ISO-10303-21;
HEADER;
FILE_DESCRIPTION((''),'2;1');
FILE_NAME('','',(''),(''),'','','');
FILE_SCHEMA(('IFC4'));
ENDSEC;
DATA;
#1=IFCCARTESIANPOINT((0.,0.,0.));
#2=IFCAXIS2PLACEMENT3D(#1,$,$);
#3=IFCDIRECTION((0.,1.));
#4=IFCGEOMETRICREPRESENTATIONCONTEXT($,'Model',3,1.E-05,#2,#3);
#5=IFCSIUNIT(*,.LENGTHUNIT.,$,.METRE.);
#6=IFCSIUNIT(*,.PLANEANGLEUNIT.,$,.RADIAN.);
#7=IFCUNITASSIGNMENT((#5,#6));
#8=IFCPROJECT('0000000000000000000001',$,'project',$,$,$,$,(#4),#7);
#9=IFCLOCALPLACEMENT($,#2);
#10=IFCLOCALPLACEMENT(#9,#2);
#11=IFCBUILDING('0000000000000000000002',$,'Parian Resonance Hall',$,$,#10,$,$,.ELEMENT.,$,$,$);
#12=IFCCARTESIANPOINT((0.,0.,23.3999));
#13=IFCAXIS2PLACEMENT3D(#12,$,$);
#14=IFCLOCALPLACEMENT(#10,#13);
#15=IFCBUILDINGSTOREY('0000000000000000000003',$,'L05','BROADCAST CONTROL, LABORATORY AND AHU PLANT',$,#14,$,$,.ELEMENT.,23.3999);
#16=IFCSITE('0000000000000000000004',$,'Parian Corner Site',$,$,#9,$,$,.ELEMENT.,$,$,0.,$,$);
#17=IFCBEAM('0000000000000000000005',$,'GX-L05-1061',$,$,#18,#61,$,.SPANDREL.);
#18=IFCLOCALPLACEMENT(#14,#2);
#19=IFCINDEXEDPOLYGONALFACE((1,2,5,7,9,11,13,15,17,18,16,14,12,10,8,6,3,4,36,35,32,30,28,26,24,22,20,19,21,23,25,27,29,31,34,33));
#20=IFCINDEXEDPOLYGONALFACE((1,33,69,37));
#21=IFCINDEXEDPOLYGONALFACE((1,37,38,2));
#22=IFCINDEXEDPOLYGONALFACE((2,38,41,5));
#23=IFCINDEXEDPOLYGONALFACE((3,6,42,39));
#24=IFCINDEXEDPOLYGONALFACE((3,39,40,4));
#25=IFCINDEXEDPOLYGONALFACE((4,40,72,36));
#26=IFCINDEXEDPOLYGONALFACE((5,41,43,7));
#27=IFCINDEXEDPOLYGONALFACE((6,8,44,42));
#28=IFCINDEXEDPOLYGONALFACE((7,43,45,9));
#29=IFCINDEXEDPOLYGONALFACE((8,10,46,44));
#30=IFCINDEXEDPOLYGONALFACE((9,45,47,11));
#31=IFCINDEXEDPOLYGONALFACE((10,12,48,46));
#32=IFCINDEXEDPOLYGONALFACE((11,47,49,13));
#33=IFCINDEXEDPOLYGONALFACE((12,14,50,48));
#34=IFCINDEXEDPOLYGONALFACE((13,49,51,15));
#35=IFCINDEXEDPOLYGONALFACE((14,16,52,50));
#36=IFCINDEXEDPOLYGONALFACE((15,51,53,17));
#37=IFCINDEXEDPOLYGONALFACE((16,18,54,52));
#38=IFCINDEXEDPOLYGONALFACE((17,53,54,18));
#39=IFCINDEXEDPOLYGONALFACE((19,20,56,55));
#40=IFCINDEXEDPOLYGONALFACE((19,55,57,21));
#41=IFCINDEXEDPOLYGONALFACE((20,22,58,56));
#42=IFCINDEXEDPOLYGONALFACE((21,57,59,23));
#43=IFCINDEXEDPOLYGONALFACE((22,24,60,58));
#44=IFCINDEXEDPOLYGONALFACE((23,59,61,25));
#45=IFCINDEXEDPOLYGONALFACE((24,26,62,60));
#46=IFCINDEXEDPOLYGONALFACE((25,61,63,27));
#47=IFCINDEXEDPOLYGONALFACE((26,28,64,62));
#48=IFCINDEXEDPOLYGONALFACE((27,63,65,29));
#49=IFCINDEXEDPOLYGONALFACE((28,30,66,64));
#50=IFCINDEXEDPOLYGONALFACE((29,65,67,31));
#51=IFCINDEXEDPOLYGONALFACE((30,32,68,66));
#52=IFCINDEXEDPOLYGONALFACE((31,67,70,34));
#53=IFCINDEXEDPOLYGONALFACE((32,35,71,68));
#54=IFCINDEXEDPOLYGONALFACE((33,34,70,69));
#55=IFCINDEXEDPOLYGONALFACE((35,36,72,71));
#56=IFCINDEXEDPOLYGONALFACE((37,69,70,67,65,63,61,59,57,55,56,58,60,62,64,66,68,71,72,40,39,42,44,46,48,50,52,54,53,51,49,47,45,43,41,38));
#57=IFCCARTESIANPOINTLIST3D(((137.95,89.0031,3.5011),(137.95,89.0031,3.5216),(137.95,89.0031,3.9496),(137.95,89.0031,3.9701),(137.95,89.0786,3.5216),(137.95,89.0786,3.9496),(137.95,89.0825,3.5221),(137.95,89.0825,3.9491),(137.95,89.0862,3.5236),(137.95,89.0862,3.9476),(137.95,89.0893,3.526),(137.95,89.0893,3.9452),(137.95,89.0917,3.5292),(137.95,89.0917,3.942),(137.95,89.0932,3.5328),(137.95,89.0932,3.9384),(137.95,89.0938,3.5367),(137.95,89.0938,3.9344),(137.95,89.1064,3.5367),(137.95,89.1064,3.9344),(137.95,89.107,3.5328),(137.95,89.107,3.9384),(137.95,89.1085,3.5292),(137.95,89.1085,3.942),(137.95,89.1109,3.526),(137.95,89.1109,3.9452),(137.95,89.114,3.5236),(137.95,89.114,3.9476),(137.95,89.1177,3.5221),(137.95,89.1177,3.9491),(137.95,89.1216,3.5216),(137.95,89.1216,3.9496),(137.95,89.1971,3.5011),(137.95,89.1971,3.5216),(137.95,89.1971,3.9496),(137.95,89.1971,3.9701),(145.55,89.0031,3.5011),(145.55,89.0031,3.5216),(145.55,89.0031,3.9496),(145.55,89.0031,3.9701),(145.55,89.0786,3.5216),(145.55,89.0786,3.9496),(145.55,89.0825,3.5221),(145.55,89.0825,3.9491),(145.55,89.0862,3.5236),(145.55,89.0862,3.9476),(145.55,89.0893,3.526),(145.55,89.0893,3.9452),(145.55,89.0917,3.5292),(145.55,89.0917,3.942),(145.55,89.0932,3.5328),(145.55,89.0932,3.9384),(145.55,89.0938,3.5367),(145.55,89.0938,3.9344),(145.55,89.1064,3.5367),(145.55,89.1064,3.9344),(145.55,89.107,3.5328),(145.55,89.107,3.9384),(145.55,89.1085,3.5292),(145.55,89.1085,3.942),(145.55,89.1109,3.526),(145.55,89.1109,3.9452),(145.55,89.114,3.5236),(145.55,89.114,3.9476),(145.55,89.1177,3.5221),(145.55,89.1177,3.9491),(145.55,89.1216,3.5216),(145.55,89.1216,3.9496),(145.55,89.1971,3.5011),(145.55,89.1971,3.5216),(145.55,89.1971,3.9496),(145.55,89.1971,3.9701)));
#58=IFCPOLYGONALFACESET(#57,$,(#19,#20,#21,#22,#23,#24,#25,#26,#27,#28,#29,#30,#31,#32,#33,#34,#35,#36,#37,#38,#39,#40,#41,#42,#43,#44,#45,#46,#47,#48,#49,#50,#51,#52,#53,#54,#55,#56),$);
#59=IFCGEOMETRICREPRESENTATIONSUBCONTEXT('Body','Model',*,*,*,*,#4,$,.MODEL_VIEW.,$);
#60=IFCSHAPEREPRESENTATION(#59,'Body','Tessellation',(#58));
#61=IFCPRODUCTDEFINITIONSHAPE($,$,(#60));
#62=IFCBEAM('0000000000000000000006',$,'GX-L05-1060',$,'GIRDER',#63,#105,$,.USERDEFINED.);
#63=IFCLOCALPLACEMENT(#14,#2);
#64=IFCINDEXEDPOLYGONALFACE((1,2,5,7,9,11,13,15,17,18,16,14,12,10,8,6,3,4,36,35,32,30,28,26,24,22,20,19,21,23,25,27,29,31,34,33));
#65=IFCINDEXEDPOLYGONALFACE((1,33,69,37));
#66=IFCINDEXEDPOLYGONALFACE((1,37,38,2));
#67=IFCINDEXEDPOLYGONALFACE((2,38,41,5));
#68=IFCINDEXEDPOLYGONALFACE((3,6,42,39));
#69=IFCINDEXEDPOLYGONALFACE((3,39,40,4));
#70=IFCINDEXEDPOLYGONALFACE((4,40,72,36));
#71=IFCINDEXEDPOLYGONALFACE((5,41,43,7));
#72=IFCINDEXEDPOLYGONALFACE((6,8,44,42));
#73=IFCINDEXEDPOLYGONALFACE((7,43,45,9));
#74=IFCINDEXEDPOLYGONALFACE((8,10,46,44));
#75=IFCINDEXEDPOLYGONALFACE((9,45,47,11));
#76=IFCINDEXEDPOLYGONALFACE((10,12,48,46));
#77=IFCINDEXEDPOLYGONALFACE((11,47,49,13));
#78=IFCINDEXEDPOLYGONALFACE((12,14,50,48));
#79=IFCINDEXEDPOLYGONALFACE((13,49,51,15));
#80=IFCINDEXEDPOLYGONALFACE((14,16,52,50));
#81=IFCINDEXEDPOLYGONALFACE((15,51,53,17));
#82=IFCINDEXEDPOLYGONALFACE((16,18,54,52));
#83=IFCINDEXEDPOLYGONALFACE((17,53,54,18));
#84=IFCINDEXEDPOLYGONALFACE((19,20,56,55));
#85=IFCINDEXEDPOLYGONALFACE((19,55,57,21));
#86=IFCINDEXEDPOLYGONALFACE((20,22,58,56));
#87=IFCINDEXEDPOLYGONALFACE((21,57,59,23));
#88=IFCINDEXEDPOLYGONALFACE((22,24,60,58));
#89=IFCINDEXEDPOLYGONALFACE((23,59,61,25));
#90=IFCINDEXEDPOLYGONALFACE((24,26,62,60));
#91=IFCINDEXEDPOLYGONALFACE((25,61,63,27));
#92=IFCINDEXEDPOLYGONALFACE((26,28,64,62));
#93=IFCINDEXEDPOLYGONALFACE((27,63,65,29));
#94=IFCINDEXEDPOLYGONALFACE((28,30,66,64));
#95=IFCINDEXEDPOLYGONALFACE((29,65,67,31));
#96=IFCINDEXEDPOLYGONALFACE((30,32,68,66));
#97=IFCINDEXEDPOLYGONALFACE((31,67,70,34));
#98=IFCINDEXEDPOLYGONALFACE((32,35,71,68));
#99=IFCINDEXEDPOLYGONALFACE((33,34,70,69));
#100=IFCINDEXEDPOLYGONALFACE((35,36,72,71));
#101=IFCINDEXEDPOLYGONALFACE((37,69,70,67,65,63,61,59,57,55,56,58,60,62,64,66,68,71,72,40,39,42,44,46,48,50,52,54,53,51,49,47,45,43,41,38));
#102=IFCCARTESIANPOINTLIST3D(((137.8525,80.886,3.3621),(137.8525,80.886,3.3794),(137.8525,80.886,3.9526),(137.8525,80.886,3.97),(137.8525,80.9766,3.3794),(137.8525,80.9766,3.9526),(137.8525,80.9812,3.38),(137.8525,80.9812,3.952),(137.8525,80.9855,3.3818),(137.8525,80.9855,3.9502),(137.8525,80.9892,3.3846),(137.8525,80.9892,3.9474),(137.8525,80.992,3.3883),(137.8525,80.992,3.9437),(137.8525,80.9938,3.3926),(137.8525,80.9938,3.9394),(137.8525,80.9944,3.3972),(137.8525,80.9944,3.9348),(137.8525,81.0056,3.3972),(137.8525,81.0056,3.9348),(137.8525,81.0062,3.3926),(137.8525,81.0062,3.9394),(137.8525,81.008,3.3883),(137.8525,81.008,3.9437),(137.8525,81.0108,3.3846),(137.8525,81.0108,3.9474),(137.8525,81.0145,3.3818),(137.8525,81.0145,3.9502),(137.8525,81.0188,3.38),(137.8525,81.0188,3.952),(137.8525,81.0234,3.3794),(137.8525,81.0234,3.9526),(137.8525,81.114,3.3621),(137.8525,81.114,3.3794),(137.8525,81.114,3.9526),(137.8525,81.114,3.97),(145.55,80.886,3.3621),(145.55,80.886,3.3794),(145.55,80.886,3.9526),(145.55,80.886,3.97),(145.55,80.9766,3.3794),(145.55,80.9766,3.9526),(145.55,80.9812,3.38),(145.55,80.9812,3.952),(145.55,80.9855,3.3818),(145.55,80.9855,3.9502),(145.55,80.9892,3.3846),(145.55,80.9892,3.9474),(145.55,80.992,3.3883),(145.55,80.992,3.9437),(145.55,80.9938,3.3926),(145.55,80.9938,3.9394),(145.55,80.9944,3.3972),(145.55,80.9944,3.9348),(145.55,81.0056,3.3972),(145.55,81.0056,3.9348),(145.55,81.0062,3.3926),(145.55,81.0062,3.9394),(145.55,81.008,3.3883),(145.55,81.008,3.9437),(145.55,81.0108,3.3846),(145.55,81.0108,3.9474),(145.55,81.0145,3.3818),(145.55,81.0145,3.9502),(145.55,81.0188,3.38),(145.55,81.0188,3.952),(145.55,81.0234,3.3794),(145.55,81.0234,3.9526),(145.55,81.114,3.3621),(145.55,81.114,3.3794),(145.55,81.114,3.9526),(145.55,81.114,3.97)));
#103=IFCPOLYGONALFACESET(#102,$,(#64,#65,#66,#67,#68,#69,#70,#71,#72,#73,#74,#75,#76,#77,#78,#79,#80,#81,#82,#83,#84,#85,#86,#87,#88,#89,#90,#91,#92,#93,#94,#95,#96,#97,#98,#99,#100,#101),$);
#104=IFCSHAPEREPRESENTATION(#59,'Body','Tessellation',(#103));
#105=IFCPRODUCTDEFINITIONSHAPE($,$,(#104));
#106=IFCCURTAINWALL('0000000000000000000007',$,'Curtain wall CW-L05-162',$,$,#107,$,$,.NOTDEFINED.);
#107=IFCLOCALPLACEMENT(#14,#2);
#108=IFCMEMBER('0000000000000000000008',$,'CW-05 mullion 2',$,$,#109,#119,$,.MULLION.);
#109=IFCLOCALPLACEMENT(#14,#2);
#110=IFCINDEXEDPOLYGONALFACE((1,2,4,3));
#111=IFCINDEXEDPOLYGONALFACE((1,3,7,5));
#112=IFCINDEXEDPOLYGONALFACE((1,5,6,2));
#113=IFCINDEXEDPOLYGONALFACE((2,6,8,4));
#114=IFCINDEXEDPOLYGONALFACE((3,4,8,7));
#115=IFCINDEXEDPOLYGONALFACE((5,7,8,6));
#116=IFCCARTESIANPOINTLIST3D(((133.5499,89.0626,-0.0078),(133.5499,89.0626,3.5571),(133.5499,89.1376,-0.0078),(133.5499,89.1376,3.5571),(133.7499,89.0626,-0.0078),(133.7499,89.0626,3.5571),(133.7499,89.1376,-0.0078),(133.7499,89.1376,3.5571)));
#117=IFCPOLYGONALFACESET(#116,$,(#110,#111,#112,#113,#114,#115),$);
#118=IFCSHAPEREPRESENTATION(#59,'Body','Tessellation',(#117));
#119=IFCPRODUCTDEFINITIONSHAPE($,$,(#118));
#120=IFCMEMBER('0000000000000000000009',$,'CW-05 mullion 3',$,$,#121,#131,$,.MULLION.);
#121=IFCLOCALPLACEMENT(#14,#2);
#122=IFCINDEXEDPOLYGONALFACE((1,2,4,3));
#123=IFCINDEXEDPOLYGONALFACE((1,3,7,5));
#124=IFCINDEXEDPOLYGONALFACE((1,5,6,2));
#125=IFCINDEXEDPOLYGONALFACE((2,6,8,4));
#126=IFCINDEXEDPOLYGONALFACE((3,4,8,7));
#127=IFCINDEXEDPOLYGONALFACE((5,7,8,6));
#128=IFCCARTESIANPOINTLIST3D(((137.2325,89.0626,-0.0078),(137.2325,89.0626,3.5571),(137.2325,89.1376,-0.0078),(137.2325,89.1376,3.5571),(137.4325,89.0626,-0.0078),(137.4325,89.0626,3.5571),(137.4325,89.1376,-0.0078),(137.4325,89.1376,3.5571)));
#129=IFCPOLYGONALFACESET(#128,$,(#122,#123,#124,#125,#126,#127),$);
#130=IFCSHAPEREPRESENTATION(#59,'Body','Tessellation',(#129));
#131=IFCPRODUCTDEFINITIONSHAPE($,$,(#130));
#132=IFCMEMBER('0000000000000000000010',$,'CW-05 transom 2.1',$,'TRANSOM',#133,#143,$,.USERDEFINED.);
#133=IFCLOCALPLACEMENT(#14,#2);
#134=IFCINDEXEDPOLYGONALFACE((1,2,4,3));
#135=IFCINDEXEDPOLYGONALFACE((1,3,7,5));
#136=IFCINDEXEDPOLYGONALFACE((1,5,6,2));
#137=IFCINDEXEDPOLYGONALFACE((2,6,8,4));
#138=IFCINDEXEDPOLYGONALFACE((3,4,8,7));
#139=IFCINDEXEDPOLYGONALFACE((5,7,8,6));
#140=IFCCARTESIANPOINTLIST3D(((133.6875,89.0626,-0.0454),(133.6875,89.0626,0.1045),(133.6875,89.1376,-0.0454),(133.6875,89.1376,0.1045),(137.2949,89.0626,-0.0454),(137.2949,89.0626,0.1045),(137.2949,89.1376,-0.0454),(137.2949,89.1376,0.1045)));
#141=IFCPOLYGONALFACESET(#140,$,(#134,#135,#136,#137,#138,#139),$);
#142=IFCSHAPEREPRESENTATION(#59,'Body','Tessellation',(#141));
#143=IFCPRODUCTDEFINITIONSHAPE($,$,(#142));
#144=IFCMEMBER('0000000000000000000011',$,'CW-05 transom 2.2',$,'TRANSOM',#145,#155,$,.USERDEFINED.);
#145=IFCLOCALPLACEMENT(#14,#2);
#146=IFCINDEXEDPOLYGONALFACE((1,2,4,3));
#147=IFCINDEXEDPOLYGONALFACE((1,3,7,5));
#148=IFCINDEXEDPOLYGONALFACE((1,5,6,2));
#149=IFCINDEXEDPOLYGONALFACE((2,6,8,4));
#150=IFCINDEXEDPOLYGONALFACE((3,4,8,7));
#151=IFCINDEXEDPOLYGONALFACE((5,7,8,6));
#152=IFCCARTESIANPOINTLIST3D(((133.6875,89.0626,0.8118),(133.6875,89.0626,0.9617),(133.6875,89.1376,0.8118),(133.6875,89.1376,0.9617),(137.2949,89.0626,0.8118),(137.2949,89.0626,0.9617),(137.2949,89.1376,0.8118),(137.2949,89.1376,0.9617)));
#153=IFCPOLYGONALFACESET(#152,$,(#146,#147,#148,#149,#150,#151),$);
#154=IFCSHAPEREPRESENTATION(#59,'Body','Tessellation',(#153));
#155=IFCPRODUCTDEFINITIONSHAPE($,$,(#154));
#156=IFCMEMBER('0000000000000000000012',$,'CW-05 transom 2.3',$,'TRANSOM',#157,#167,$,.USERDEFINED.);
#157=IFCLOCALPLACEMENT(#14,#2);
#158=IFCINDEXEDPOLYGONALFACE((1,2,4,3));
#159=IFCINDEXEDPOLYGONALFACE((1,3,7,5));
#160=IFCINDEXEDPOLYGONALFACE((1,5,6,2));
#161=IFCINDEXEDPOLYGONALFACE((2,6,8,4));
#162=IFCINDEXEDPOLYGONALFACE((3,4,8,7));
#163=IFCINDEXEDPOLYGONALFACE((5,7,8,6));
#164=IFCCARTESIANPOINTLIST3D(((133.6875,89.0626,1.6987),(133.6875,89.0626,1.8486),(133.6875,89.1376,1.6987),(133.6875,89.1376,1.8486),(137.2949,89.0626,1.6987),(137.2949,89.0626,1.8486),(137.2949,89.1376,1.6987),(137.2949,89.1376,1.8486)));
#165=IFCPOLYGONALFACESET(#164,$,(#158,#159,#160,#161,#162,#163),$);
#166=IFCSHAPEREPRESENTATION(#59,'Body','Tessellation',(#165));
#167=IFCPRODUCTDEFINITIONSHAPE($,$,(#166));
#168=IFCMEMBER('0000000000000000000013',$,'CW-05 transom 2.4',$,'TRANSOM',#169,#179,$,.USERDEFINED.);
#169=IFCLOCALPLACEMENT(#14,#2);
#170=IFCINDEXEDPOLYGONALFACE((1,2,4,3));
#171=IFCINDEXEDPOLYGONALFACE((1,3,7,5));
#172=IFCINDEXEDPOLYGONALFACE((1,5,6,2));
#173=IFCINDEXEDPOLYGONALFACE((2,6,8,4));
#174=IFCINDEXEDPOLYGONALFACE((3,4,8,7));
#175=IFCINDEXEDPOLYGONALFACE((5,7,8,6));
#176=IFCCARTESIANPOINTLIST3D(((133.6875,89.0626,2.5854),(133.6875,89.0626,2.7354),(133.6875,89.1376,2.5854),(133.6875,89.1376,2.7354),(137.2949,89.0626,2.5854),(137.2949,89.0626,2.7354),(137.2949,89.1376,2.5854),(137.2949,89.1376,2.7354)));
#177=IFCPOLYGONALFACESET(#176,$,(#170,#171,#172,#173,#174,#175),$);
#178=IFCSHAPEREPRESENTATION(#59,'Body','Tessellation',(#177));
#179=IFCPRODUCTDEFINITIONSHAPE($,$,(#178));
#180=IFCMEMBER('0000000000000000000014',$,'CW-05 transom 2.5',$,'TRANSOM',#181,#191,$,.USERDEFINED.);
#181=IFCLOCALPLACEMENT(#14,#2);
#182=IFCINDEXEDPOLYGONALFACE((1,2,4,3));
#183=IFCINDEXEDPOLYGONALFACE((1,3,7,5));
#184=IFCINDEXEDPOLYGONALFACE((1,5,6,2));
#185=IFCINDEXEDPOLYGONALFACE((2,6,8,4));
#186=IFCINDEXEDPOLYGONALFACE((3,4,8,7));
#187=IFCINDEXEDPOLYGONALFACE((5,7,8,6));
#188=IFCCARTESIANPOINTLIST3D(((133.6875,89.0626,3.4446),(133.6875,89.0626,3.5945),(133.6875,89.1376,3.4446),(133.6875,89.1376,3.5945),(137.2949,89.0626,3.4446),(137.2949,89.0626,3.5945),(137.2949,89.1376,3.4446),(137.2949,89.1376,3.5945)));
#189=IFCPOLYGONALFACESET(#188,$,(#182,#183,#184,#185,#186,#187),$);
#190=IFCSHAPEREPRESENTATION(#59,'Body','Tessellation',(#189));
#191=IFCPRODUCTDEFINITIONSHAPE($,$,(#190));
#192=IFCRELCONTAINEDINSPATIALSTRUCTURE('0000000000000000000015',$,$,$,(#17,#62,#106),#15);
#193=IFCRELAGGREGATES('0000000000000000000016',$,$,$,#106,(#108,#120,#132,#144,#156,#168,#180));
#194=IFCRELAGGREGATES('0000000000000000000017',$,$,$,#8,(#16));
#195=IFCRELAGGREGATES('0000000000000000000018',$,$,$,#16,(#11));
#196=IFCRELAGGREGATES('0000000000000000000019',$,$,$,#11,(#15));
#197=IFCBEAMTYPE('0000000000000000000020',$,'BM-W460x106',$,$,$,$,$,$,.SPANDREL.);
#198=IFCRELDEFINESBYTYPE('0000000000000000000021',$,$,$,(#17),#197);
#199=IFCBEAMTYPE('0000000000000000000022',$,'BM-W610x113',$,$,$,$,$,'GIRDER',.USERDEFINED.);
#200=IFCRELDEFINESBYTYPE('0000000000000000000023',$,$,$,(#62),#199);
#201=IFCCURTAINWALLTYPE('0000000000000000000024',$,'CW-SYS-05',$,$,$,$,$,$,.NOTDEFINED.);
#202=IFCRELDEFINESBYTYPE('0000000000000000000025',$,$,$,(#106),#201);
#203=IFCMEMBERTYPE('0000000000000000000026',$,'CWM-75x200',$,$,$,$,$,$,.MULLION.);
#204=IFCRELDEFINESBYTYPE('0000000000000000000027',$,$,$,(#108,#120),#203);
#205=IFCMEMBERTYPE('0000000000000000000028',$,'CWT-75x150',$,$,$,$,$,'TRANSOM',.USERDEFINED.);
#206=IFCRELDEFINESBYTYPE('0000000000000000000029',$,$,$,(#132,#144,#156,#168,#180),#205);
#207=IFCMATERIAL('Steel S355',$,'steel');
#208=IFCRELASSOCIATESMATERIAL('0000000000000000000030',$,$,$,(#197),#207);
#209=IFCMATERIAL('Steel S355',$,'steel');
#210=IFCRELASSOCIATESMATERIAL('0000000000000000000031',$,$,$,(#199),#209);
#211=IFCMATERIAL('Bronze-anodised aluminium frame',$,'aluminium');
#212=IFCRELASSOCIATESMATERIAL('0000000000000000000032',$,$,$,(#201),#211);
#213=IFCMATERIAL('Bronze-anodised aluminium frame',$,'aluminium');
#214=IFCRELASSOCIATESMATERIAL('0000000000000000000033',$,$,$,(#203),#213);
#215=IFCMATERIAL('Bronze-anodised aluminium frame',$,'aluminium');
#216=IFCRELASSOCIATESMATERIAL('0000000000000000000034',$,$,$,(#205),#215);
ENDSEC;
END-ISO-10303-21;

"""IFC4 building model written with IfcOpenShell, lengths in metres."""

from ifc_helpers import new_model, si_unit, direction, frame, origin, origin_2d, place, context, subcontext, project, spatial, rectangle, i_section, extrude, material, material_profile, profile_set, type_object, element, aggregate, save


model = new_model("IFC4")

# Units and contexts
model_context = context("Model", 3, precision=1e-05, world=origin(), true_north=direction((0.0, 1.0)))
body_context = subcontext(model_context, "Body", "Model", "MODEL_VIEW")
ifc_project = project(units=[si_unit("LENGTHUNIT", "METRE"), si_unit("PLANEANGLEUNIT", "RADIAN")], contexts=[model_context])

# Site, building, storey
site_placement = place(None, origin())
site = spatial("IfcSite", under=ifc_project, at=site_placement, Name="Parian Corner Site", CompositionType="ELEMENT", RefElevation=0.0)
building_placement = place(site_placement, origin())
building = spatial("IfcBuilding", under=site, at=building_placement, Name="Parian Resonance Hall", CompositionType="ELEMENT")
storey_placement = place(building_placement, frame((0.0, 0.0, 23.3999)))
storey = spatial("IfcBuildingStorey", under=building, at=storey_placement, Name="L05", Description="BROADCAST CONTROL, LABORATORY AND AHU PLANT", CompositionType="ELEMENT", Elevation=23.3999)

# Beams
ifc_material_1 = material(Name="Steel S355", Category="steel")
ifc_material_profile_1 = material_profile(ifc_material_1, i_section(OverallWidth=0.1941, OverallDepth=0.469, WebThickness=0.0127, FlangeThickness=0.0205, FilletRadius=0.0151, at=origin_2d()), Name="W460x106")
ifc_profile_set_1 = profile_set([ifc_material_profile_1], Name="Steel S355")
beam_type_1 = type_object("IfcBeamType", Name="BM-W460x106", PredefinedType="SPANDREL", material=ifc_profile_set_1)
beam_1_placement = place(storey_placement, frame((137.95, 89.1001, 3.7356), z_axis=(1.0, 0.0, 0.0), x_axis=(0.0, 1.0, 0.0)))
element("IfcBeam", 1, at=beam_1_placement, inside=storey, type_object=beam_type_1, Name="GX-L05-1061", PredefinedType="SPANDREL", context=body_context, shape_type="SweptSolid", body=[
    extrude(i_section(OverallWidth=0.1941, OverallDepth=0.469, WebThickness=0.0127, FlangeThickness=0.0205, FilletRadius=0.0151, at=origin_2d()), origin(), (0.0, 0.0, 1.0), 7.6001),
])
ifc_material_2 = material(Name="Steel S355", Category="steel")
ifc_material_profile_2 = material_profile(ifc_material_2, i_section(OverallWidth=0.228, OverallDepth=0.6079, WebThickness=0.0112, FlangeThickness=0.0173, FilletRadius=0.0178, at=origin_2d()), Name="W610x113")
ifc_profile_set_2 = profile_set([ifc_material_profile_2], Name="Steel S355")
beam_type_2 = type_object("IfcBeamType", Name="BM-W610x113", ElementType="GIRDER", PredefinedType="USERDEFINED", material=ifc_profile_set_2)
beam_2_placement = place(storey_placement, frame((137.8525, 81.0, 3.666), z_axis=(1.0, 0.0, 0.0), x_axis=(0.0, 1.0, 0.0)))
element("IfcBeam", 2, at=beam_2_placement, inside=storey, type_object=beam_type_2, Name="GX-L05-1060", ObjectType="GIRDER", PredefinedType="USERDEFINED", context=body_context, shape_type="SweptSolid", body=[
    extrude(i_section(OverallWidth=0.228, OverallDepth=0.6079, WebThickness=0.0112, FlangeThickness=0.0173, FilletRadius=0.0178, at=origin_2d()), origin(), (0.0, 0.0, 1.0), 7.6975),
])

# Curtain wall, members
ifc_material_3 = material(Name="Bronze-anodised aluminium frame", Category="aluminium")
curtain_wall_type = type_object("IfcCurtainWallType", Name="CW-SYS-05", PredefinedType="NOTDEFINED", material=ifc_material_3)
curtain_wall_placement = place(storey_placement, origin())
curtain_wall = element("IfcCurtainWall", 3, at=curtain_wall_placement, inside=storey, type_object=curtain_wall_type, Name="Curtain wall CW-L05-162", PredefinedType="NOTDEFINED")
ifc_material_4 = material(Name="Bronze-anodised aluminium frame", Category="aluminium")
ifc_material_profile_3 = material_profile(ifc_material_4, rectangle(XDim=0.075, YDim=0.2, at=origin_2d()), Name="CWM-75x200")
ifc_profile_set_3 = profile_set([ifc_material_profile_3], Name="Bronze-anodised aluminium frame")
member_type_1 = type_object("IfcMemberType", Name="CWM-75x200", PredefinedType="MULLION", material=ifc_profile_set_3)
member_1_placement = place(storey_placement, frame((133.6499, 89.1001, -0.0078), z_axis=(0.0, 0.0, 1.0), x_axis=(0.0, 1.0, 0.0)))
member_1 = element("IfcMember", 4, at=member_1_placement, type_object=member_type_1, Name="CW-05 mullion 2", PredefinedType="MULLION", context=body_context, shape_type="SweptSolid", body=[
    extrude(rectangle(XDim=0.075, YDim=0.2, at=origin_2d()), origin(), (0.0, 0.0, 1.0), 3.5649),
])
member_2_placement = place(storey_placement, frame((137.3325, 89.1001, -0.0078), z_axis=(0.0, 0.0, 1.0), x_axis=(0.0, 1.0, 0.0)))
member_2 = element("IfcMember", 5, at=member_2_placement, type_object=member_type_1, Name="CW-05 mullion 3", PredefinedType="MULLION", context=body_context, shape_type="SweptSolid", body=[
    extrude(rectangle(XDim=0.075, YDim=0.2, at=origin_2d()), origin(), (0.0, 0.0, 1.0), 3.5649),
])
ifc_material_5 = material(Name="Bronze-anodised aluminium frame", Category="aluminium")
ifc_material_profile_4 = material_profile(ifc_material_5, rectangle(XDim=0.075, YDim=0.1499, at=origin_2d()), Name="CWT-75x150")
ifc_profile_set_4 = profile_set([ifc_material_profile_4], Name="Bronze-anodised aluminium frame")
member_type_2 = type_object("IfcMemberType", Name="CWT-75x150", ElementType="TRANSOM", PredefinedType="USERDEFINED", material=ifc_profile_set_4)
member_3_placement = place(storey_placement, frame((133.6875, 89.1001, 0.0295), z_axis=(1.0, 0.0, 0.0), x_axis=(0.0, 1.0, 0.0)))
member_3 = element("IfcMember", 6, at=member_3_placement, type_object=member_type_2, Name="CW-05 transom 2.1", ObjectType="TRANSOM", PredefinedType="USERDEFINED", context=body_context, shape_type="SweptSolid", body=[
    extrude(rectangle(XDim=0.075, YDim=0.1499, at=origin_2d()), origin(), (0.0, 0.0, 1.0), 3.6074),
])
member_4_placement = place(storey_placement, frame((133.6875, 89.1001, 0.8867), z_axis=(1.0, 0.0, 0.0), x_axis=(0.0, 1.0, 0.0)))
member_4 = element("IfcMember", 7, at=member_4_placement, type_object=member_type_2, Name="CW-05 transom 2.2", ObjectType="TRANSOM", PredefinedType="USERDEFINED", context=body_context, shape_type="SweptSolid", body=[
    extrude(rectangle(XDim=0.075, YDim=0.1499, at=origin_2d()), origin(), (0.0, 0.0, 1.0), 3.6074),
])
member_5_placement = place(storey_placement, frame((133.6875, 89.1001, 1.7737), z_axis=(1.0, 0.0, 0.0), x_axis=(0.0, 1.0, 0.0)))
member_5 = element("IfcMember", 8, at=member_5_placement, type_object=member_type_2, Name="CW-05 transom 2.3", ObjectType="TRANSOM", PredefinedType="USERDEFINED", context=body_context, shape_type="SweptSolid", body=[
    extrude(rectangle(XDim=0.075, YDim=0.1499, at=origin_2d()), origin(), (0.0, 0.0, 1.0), 3.6074),
])
member_6_placement = place(storey_placement, frame((133.6875, 89.1001, 2.6604), z_axis=(1.0, 0.0, 0.0), x_axis=(0.0, 1.0, 0.0)))
member_6 = element("IfcMember", 9, at=member_6_placement, type_object=member_type_2, Name="CW-05 transom 2.4", ObjectType="TRANSOM", PredefinedType="USERDEFINED", context=body_context, shape_type="SweptSolid", body=[
    extrude(rectangle(XDim=0.075, YDim=0.1499, at=origin_2d()), origin(), (0.0, 0.0, 1.0), 3.6074),
])
member_7_placement = place(storey_placement, frame((133.6875, 89.1001, 3.5195), z_axis=(1.0, 0.0, 0.0), x_axis=(0.0, 1.0, 0.0)))
member_7 = element("IfcMember", 10, at=member_7_placement, type_object=member_type_2, Name="CW-05 transom 2.5", ObjectType="TRANSOM", PredefinedType="USERDEFINED", context=body_context, shape_type="SweptSolid", body=[
    extrude(rectangle(XDim=0.075, YDim=0.1499, at=origin_2d()), origin(), (0.0, 0.0, 1.0), 3.6074),
])
aggregate(curtain_wall, [member_1, member_2, member_3, member_4, member_5, member_6, member_7])

save(model, "model.ifc")
